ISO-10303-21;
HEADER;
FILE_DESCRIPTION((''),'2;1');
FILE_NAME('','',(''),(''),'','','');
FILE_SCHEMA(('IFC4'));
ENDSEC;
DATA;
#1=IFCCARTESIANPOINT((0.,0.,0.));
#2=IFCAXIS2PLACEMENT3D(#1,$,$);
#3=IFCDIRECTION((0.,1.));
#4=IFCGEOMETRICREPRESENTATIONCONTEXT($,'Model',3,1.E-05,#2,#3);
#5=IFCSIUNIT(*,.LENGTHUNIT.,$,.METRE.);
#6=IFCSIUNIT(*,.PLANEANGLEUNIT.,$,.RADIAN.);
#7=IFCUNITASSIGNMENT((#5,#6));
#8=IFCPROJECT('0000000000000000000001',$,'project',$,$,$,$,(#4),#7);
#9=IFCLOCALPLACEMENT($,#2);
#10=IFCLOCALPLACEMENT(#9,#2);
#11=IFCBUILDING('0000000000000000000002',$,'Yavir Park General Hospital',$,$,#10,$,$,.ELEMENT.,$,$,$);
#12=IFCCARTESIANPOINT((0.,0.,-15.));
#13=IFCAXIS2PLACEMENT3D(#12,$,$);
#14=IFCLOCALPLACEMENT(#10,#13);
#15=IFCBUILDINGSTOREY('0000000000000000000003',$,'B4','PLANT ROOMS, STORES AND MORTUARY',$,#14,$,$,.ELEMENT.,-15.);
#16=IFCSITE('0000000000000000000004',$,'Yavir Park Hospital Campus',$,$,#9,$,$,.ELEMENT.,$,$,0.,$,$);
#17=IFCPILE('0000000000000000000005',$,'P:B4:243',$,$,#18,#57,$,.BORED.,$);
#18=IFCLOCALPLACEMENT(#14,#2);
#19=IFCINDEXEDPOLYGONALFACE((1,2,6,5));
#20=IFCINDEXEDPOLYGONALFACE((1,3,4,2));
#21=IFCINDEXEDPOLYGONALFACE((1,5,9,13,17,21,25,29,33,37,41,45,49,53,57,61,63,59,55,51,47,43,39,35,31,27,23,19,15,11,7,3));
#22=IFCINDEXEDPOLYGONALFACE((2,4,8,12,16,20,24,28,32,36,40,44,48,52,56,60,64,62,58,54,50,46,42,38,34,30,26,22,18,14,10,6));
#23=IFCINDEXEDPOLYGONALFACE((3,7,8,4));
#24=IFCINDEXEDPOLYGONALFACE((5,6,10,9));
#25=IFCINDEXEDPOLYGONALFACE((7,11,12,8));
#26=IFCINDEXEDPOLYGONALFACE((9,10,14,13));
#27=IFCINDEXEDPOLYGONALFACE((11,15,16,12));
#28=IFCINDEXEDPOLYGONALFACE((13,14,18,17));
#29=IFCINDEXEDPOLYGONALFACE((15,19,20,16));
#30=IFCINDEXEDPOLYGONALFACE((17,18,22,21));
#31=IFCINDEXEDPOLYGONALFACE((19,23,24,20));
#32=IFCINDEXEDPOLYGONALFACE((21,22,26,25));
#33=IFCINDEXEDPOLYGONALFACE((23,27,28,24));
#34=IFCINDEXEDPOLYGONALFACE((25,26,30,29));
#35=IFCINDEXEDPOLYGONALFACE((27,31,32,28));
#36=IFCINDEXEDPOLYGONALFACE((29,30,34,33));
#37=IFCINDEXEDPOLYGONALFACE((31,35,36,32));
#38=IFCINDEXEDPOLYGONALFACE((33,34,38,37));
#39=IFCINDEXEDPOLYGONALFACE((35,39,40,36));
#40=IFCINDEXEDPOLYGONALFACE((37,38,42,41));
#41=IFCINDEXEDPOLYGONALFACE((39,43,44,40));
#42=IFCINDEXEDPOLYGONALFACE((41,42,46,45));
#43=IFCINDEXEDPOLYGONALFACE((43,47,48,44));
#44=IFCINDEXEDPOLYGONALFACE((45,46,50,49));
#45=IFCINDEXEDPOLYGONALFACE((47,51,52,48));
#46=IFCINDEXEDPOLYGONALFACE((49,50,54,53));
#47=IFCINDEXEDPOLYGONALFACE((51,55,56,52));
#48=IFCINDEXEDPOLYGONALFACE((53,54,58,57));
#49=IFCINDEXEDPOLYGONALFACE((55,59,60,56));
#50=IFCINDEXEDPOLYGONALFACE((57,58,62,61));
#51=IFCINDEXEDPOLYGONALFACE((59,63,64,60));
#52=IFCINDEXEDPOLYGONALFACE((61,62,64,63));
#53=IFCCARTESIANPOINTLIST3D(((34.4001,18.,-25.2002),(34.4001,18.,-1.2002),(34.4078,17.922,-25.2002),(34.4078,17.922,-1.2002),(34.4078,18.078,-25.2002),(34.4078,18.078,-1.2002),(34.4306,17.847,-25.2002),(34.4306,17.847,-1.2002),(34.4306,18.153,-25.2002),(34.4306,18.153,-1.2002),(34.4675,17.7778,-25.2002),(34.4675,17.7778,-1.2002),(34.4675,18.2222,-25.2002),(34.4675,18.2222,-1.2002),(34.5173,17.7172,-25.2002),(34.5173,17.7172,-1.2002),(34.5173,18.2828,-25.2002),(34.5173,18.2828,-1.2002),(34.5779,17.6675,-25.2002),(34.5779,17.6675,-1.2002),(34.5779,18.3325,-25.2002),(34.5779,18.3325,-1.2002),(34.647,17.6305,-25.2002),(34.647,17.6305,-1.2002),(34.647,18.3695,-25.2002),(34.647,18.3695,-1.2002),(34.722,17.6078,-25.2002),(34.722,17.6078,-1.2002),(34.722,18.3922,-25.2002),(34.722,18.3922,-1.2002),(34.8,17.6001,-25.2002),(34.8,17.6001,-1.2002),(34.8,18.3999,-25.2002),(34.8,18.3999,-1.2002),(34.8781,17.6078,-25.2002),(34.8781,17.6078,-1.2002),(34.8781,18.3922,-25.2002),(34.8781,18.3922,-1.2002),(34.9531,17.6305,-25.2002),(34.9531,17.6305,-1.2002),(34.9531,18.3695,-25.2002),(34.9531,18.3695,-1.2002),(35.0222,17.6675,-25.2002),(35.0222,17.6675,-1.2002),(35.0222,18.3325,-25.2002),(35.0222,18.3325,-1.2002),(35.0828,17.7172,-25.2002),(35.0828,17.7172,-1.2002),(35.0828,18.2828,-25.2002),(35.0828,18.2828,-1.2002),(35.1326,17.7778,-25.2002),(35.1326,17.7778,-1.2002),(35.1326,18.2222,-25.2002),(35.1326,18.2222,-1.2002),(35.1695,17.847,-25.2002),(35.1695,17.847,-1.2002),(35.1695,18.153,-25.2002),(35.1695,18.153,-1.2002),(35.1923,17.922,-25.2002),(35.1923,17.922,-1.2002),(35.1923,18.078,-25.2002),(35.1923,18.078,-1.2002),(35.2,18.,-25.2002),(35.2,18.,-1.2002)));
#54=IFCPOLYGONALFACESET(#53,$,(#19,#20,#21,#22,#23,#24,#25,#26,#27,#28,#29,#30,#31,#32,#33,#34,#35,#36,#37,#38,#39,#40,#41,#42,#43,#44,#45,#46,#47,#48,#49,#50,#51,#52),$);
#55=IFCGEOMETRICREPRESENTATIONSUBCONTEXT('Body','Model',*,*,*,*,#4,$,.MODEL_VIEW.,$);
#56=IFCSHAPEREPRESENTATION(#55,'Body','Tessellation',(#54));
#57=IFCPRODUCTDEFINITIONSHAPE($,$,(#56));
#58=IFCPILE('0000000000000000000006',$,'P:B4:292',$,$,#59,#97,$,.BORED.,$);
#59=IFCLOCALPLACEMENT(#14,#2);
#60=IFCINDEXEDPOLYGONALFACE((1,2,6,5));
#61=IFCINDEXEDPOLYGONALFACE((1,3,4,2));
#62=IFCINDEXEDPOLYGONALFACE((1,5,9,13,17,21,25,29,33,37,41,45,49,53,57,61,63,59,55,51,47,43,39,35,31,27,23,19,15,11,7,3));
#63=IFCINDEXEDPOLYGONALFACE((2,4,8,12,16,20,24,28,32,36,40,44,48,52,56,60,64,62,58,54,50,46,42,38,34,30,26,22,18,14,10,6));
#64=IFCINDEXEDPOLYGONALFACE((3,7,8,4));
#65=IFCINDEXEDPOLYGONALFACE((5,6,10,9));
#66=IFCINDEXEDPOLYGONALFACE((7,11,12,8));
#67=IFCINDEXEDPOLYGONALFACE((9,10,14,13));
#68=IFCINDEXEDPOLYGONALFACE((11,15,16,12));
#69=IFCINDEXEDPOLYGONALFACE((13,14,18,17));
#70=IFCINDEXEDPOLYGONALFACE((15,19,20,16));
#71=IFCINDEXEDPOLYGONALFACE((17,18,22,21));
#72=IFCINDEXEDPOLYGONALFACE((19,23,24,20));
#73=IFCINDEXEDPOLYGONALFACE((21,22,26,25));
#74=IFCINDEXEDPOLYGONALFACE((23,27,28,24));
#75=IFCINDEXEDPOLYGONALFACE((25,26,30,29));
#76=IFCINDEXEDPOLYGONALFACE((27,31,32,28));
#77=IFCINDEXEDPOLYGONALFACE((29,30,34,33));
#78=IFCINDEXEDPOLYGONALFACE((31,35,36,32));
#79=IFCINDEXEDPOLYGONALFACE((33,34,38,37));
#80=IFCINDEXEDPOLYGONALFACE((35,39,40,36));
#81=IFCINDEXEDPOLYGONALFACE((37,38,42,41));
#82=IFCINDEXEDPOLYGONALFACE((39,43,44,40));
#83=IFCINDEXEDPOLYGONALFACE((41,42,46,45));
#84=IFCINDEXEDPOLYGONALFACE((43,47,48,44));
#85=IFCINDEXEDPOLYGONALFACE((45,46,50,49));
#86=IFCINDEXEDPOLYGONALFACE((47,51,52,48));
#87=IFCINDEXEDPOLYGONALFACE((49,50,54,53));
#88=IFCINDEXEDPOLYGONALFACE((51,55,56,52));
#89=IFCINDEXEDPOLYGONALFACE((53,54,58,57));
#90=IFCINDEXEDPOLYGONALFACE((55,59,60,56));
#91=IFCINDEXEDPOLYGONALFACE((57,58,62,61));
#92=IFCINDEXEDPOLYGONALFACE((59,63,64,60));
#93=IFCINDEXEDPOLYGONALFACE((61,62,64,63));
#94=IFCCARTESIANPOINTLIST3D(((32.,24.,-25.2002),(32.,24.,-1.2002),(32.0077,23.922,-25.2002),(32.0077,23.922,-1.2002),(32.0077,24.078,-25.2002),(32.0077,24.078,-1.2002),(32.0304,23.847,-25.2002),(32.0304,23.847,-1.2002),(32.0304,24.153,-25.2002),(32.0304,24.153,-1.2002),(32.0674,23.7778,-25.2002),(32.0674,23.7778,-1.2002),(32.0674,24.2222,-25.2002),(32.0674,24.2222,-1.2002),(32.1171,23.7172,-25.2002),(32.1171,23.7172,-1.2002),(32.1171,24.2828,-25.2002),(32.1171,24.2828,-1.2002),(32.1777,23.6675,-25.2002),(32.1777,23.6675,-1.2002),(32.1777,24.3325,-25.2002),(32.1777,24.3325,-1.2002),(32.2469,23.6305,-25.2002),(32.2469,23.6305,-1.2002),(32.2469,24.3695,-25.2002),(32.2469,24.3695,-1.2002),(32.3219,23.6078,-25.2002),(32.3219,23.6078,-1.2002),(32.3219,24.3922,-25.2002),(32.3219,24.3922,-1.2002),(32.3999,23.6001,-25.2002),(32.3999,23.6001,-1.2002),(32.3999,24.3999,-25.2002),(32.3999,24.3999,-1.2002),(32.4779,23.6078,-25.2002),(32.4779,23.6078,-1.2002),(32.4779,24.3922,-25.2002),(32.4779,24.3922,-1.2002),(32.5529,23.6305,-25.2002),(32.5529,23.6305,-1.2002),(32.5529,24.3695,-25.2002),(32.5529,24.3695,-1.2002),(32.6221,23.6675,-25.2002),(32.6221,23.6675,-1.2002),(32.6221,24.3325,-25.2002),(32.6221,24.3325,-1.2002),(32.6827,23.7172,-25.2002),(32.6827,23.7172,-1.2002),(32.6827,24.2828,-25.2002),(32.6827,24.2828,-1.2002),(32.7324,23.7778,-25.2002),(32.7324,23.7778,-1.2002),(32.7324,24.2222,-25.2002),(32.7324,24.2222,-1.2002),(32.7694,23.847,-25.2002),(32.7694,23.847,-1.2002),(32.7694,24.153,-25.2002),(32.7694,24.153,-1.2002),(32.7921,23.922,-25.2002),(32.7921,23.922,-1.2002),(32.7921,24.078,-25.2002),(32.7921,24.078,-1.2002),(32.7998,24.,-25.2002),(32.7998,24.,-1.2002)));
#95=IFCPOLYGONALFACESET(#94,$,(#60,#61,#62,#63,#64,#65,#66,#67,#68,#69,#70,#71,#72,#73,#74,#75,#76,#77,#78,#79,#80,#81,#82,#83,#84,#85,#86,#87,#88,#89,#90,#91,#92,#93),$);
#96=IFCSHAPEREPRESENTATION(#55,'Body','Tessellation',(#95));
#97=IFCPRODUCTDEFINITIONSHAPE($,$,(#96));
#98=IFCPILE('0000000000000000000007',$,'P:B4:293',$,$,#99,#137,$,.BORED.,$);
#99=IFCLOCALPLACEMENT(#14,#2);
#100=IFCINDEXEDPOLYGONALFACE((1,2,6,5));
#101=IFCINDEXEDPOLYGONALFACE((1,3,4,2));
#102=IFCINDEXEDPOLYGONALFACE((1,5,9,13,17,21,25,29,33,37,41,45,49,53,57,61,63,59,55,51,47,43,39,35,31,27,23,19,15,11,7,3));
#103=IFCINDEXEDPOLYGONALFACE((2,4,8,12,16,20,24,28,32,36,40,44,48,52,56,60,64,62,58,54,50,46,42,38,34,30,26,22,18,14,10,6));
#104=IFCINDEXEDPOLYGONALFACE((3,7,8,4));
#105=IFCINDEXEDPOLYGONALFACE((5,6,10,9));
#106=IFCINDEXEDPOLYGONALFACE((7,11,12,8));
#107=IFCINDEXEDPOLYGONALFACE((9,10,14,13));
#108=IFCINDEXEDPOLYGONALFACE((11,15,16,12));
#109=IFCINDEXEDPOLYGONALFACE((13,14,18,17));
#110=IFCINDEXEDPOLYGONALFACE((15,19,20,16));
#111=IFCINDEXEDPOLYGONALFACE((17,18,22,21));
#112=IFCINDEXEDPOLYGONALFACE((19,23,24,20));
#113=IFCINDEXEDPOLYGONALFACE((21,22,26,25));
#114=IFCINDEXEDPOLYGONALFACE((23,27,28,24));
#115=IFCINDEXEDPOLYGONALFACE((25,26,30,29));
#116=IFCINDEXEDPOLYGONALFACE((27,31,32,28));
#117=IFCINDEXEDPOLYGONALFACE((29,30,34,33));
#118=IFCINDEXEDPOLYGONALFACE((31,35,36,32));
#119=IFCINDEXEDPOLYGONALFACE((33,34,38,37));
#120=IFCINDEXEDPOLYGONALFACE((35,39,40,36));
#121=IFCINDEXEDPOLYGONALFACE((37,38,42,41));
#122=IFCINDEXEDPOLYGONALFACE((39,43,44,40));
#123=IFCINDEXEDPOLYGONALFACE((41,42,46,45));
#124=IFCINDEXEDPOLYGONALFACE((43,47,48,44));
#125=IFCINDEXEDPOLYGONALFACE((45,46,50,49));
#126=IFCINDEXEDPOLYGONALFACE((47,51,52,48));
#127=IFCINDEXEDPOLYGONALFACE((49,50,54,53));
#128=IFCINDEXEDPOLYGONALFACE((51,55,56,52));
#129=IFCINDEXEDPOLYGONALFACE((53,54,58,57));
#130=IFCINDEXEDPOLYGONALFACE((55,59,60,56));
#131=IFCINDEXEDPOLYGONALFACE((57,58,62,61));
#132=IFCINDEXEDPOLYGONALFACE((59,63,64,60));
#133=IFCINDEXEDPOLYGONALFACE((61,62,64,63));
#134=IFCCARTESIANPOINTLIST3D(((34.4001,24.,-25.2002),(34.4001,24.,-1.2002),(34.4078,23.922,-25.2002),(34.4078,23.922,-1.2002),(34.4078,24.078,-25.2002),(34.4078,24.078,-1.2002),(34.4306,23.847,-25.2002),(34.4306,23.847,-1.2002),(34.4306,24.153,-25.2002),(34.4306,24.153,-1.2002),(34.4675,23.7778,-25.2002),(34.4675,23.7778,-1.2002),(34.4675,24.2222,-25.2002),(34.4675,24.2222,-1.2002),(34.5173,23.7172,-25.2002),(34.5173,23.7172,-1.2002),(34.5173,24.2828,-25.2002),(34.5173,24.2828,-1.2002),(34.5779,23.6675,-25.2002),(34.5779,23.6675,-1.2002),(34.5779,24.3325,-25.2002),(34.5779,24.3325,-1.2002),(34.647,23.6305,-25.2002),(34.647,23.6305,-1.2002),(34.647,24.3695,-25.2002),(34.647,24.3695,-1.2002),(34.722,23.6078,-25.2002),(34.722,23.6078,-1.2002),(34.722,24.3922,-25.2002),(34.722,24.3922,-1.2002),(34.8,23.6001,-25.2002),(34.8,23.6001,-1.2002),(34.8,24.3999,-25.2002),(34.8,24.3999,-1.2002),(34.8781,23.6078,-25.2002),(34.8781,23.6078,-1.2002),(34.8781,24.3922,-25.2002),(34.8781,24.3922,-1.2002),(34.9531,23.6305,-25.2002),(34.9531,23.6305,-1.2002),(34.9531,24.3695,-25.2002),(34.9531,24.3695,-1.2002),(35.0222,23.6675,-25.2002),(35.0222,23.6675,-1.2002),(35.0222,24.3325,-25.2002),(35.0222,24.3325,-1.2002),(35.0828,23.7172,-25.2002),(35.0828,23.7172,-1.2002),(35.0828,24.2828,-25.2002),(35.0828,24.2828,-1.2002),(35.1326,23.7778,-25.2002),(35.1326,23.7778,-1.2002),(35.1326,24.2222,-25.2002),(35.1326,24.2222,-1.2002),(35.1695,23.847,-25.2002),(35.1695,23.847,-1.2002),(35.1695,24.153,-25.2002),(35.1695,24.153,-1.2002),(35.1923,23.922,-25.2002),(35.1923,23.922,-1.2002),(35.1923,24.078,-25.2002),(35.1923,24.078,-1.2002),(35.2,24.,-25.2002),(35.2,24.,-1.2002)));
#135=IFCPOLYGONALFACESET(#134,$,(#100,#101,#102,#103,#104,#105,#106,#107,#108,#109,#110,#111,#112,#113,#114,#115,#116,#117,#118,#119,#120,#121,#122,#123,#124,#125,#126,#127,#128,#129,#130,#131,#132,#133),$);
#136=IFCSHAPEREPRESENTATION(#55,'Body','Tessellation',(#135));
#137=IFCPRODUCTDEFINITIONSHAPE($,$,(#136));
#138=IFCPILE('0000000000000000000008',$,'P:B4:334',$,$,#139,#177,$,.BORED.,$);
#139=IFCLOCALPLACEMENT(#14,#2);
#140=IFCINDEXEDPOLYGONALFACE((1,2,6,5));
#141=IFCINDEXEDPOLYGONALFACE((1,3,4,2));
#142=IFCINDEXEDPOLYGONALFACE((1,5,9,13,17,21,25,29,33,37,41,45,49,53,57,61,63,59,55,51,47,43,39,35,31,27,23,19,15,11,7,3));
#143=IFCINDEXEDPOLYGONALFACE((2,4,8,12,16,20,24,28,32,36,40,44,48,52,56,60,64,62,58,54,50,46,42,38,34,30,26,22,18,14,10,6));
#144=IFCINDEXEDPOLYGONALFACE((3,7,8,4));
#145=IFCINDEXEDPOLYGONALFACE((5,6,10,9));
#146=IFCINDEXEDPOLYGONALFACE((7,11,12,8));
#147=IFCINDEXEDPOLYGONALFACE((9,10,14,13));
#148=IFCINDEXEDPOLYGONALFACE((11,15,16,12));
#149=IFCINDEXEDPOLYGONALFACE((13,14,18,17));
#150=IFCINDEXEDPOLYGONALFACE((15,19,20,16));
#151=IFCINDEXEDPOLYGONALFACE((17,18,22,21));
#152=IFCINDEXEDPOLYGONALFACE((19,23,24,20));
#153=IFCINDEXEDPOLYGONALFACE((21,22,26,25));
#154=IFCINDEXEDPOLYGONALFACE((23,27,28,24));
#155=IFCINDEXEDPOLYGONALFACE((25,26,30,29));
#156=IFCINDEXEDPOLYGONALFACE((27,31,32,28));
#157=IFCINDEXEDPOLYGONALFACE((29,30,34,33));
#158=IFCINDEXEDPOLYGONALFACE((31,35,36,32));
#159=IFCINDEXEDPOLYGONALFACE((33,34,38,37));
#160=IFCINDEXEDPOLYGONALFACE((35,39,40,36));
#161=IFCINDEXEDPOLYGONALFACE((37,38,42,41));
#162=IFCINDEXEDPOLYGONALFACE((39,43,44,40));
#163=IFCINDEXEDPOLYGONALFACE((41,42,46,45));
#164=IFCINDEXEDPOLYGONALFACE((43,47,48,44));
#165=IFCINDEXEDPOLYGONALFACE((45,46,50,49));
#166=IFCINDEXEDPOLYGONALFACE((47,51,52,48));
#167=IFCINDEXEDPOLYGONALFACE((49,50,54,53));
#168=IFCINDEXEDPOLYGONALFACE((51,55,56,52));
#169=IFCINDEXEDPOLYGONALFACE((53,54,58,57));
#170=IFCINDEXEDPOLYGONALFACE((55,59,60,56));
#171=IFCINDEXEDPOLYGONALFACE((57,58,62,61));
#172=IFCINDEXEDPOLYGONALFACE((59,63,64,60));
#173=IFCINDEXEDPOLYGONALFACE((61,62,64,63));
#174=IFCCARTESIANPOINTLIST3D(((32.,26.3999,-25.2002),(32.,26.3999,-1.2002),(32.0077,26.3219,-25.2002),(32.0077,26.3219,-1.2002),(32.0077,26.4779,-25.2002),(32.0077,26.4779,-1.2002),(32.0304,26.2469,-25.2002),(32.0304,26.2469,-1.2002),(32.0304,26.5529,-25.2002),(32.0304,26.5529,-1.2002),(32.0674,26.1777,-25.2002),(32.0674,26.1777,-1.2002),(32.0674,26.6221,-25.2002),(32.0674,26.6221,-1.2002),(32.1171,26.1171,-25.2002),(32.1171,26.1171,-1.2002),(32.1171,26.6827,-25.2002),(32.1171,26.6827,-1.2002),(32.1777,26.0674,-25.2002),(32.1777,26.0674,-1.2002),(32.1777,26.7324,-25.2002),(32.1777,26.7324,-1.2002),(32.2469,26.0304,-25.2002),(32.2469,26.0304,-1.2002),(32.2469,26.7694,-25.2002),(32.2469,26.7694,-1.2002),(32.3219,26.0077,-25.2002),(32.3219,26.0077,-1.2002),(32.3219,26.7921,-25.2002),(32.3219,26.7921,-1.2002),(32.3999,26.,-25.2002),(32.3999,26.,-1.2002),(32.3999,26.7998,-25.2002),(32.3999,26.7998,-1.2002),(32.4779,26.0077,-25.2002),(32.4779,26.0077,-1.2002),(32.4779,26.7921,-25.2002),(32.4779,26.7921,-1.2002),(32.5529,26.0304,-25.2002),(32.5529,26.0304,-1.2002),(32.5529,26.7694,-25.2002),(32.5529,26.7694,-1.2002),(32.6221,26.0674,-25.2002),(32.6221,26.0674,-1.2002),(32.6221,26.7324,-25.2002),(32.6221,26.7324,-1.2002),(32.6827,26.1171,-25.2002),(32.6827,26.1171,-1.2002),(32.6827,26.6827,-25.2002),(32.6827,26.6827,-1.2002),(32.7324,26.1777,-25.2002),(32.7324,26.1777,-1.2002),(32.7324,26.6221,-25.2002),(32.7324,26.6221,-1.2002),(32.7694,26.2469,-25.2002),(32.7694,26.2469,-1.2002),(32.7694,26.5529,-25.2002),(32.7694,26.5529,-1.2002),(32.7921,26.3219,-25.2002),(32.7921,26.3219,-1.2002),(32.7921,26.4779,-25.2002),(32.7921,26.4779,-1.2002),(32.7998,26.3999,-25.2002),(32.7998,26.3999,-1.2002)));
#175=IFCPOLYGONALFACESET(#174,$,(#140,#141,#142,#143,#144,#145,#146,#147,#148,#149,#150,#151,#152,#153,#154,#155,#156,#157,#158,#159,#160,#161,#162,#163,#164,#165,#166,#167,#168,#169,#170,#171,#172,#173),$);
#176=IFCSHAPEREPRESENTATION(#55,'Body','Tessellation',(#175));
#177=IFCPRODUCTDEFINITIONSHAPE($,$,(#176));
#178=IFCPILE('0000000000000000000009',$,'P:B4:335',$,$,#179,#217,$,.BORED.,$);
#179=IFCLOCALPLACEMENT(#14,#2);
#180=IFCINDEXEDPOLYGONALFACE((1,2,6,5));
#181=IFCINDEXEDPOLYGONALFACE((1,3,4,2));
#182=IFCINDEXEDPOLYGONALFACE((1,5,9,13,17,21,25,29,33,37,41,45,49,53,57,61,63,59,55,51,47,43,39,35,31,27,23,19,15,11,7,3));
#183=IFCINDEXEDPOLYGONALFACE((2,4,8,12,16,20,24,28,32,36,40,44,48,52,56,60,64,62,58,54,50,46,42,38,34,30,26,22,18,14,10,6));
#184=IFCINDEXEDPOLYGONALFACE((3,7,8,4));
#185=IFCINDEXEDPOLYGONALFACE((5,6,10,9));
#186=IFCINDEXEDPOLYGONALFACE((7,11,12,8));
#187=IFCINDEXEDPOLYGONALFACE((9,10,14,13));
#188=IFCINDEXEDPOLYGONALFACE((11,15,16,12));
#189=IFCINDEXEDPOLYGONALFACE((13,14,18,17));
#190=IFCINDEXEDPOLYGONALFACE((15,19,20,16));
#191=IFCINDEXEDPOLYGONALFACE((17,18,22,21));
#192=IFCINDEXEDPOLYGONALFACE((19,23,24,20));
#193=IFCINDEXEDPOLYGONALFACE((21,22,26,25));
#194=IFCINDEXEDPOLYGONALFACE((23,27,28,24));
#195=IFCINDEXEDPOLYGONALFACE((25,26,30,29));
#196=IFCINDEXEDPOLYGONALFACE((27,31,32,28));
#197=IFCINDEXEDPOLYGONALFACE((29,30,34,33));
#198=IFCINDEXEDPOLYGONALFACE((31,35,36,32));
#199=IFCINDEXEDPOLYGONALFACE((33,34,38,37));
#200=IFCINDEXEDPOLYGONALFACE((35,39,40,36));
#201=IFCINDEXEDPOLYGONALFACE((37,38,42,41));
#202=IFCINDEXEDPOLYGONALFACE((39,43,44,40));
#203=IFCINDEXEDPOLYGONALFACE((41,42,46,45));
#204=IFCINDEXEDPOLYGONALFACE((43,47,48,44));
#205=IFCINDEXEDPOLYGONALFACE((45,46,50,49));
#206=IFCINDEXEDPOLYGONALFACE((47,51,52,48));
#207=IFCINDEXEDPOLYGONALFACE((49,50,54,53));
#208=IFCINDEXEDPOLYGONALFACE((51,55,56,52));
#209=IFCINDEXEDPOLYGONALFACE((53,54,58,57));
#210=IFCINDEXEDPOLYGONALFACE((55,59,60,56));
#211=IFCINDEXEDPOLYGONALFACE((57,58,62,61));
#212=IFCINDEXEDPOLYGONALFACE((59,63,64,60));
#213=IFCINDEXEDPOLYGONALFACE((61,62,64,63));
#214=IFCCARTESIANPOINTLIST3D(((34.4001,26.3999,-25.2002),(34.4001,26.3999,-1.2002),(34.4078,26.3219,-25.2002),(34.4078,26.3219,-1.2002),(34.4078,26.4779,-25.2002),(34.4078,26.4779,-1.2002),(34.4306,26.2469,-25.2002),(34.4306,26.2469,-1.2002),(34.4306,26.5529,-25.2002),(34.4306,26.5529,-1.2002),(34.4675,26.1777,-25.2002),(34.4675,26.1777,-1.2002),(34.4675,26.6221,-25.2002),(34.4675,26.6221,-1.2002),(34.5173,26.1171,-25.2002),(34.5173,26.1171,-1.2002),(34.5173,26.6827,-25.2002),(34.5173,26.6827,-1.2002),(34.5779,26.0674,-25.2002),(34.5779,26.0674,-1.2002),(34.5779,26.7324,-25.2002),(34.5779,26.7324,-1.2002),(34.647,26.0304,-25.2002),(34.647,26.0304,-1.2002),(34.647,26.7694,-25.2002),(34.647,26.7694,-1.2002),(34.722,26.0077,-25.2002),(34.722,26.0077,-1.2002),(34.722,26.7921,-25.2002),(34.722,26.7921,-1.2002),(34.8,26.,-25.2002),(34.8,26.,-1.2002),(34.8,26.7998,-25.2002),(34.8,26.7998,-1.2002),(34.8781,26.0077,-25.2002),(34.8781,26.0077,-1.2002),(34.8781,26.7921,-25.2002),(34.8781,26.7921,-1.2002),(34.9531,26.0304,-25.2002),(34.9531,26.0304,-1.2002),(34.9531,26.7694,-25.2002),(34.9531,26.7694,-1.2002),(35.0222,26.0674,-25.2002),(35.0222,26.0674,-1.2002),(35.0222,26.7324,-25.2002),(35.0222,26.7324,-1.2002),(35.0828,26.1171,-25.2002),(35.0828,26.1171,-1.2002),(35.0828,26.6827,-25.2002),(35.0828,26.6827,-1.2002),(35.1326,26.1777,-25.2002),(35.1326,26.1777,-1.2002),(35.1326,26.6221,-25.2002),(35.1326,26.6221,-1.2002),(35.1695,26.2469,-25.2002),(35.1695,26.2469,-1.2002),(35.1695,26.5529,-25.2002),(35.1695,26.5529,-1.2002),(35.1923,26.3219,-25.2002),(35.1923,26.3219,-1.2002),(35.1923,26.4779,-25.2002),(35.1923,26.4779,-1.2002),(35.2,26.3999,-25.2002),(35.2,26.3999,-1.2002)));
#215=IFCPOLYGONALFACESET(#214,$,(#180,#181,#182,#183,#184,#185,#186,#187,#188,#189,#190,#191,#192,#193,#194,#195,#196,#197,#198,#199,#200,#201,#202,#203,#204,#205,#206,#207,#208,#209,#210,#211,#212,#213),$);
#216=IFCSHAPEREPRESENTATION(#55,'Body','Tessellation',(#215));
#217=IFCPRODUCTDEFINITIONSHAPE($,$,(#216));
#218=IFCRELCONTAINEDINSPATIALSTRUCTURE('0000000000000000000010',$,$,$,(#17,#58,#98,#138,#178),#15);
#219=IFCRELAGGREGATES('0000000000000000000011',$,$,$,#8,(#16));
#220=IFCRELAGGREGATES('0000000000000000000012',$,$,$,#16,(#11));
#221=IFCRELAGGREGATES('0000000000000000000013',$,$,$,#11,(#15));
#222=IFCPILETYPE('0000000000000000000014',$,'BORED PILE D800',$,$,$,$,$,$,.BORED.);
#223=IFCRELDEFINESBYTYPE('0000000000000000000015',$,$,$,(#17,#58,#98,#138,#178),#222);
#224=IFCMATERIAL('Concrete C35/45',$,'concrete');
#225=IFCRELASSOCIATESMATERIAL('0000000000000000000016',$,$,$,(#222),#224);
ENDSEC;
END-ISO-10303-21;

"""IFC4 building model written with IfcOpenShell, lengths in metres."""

from ifc_helpers import new_model, si_unit, direction, frame, origin, origin_2d, place, context, subcontext, project, spatial, circle, extrude, material, material_profile, profile_set, type_object, element, save


model = new_model("IFC4")

# Units and contexts
model_context = context("Model", 3, precision=1e-05, world=origin(), true_north=direction((0.0, 1.0)))
body_context = subcontext(model_context, "Body", "Model", "MODEL_VIEW")
ifc_project = project(units=[si_unit("LENGTHUNIT", "METRE"), si_unit("PLANEANGLEUNIT", "RADIAN")], contexts=[model_context])

# Site, building, storey
site_placement = place(None, origin())
site = spatial("IfcSite", under=ifc_project, at=site_placement, Name="Yavir Park Hospital Campus", CompositionType="ELEMENT", RefElevation=0.0)
building_placement = place(site_placement, origin())
building = spatial("IfcBuilding", under=site, at=building_placement, Name="Yavir Park General Hospital", CompositionType="ELEMENT")
storey_placement = place(building_placement, frame((0.0, 0.0, -15.0)))
storey = spatial("IfcBuildingStorey", under=building, at=storey_placement, Name="B4", Description="PLANT ROOMS, STORES AND MORTUARY", CompositionType="ELEMENT", Elevation=-15.0)

# Piles
ifc_material_1 = material(Name="Concrete C35/45", Category="concrete")
ifc_material_profile_1 = material_profile(ifc_material_1, circle(Radius=0.3999, at=origin_2d()), Name="D800")
ifc_profile_set_1 = profile_set([ifc_material_profile_1], Name="Concrete C35/45")
pile_type_1 = type_object("IfcPileType", Name="BORED PILE D800", PredefinedType="BORED", material=ifc_profile_set_1)
for number, where, z_axis, x_axis, name in (
    (1, (34.8, 18.0, -1.2002), (0.0, 0.0, -1.0), (1.0, 0.0, 0.0), "P:B4:243"),
    (2, (32.3999, 24.0, -1.2002), (0.0, 0.0, -1.0), (1.0, 0.0, 0.0), "P:B4:292"),
    (3, (34.8, 24.0, -1.2002), (0.0, 0.0, -1.0), (1.0, 0.0, 0.0), "P:B4:293"),
    (4, (32.3999, 26.3999, -1.2002), (0.0, 0.0, -1.0), (1.0, 0.0, 0.0), "P:B4:334"),
    (5, (34.8, 26.3999, -1.2002), (0.0, 0.0, -1.0), (1.0, 0.0, 0.0), "P:B4:335"),
):
    element("IfcPile", number, at=place(storey_placement, frame(where, z_axis=z_axis, x_axis=x_axis)), inside=storey, type_object=pile_type_1, Name=name, PredefinedType="BORED", context=body_context, shape_type="SweptSolid", body=[
        extrude(circle(Radius=0.3999, at=origin_2d()), origin(), (0.0, 0.0, 1.0), 24.0),
    ])

save(model, "model.ifc")
